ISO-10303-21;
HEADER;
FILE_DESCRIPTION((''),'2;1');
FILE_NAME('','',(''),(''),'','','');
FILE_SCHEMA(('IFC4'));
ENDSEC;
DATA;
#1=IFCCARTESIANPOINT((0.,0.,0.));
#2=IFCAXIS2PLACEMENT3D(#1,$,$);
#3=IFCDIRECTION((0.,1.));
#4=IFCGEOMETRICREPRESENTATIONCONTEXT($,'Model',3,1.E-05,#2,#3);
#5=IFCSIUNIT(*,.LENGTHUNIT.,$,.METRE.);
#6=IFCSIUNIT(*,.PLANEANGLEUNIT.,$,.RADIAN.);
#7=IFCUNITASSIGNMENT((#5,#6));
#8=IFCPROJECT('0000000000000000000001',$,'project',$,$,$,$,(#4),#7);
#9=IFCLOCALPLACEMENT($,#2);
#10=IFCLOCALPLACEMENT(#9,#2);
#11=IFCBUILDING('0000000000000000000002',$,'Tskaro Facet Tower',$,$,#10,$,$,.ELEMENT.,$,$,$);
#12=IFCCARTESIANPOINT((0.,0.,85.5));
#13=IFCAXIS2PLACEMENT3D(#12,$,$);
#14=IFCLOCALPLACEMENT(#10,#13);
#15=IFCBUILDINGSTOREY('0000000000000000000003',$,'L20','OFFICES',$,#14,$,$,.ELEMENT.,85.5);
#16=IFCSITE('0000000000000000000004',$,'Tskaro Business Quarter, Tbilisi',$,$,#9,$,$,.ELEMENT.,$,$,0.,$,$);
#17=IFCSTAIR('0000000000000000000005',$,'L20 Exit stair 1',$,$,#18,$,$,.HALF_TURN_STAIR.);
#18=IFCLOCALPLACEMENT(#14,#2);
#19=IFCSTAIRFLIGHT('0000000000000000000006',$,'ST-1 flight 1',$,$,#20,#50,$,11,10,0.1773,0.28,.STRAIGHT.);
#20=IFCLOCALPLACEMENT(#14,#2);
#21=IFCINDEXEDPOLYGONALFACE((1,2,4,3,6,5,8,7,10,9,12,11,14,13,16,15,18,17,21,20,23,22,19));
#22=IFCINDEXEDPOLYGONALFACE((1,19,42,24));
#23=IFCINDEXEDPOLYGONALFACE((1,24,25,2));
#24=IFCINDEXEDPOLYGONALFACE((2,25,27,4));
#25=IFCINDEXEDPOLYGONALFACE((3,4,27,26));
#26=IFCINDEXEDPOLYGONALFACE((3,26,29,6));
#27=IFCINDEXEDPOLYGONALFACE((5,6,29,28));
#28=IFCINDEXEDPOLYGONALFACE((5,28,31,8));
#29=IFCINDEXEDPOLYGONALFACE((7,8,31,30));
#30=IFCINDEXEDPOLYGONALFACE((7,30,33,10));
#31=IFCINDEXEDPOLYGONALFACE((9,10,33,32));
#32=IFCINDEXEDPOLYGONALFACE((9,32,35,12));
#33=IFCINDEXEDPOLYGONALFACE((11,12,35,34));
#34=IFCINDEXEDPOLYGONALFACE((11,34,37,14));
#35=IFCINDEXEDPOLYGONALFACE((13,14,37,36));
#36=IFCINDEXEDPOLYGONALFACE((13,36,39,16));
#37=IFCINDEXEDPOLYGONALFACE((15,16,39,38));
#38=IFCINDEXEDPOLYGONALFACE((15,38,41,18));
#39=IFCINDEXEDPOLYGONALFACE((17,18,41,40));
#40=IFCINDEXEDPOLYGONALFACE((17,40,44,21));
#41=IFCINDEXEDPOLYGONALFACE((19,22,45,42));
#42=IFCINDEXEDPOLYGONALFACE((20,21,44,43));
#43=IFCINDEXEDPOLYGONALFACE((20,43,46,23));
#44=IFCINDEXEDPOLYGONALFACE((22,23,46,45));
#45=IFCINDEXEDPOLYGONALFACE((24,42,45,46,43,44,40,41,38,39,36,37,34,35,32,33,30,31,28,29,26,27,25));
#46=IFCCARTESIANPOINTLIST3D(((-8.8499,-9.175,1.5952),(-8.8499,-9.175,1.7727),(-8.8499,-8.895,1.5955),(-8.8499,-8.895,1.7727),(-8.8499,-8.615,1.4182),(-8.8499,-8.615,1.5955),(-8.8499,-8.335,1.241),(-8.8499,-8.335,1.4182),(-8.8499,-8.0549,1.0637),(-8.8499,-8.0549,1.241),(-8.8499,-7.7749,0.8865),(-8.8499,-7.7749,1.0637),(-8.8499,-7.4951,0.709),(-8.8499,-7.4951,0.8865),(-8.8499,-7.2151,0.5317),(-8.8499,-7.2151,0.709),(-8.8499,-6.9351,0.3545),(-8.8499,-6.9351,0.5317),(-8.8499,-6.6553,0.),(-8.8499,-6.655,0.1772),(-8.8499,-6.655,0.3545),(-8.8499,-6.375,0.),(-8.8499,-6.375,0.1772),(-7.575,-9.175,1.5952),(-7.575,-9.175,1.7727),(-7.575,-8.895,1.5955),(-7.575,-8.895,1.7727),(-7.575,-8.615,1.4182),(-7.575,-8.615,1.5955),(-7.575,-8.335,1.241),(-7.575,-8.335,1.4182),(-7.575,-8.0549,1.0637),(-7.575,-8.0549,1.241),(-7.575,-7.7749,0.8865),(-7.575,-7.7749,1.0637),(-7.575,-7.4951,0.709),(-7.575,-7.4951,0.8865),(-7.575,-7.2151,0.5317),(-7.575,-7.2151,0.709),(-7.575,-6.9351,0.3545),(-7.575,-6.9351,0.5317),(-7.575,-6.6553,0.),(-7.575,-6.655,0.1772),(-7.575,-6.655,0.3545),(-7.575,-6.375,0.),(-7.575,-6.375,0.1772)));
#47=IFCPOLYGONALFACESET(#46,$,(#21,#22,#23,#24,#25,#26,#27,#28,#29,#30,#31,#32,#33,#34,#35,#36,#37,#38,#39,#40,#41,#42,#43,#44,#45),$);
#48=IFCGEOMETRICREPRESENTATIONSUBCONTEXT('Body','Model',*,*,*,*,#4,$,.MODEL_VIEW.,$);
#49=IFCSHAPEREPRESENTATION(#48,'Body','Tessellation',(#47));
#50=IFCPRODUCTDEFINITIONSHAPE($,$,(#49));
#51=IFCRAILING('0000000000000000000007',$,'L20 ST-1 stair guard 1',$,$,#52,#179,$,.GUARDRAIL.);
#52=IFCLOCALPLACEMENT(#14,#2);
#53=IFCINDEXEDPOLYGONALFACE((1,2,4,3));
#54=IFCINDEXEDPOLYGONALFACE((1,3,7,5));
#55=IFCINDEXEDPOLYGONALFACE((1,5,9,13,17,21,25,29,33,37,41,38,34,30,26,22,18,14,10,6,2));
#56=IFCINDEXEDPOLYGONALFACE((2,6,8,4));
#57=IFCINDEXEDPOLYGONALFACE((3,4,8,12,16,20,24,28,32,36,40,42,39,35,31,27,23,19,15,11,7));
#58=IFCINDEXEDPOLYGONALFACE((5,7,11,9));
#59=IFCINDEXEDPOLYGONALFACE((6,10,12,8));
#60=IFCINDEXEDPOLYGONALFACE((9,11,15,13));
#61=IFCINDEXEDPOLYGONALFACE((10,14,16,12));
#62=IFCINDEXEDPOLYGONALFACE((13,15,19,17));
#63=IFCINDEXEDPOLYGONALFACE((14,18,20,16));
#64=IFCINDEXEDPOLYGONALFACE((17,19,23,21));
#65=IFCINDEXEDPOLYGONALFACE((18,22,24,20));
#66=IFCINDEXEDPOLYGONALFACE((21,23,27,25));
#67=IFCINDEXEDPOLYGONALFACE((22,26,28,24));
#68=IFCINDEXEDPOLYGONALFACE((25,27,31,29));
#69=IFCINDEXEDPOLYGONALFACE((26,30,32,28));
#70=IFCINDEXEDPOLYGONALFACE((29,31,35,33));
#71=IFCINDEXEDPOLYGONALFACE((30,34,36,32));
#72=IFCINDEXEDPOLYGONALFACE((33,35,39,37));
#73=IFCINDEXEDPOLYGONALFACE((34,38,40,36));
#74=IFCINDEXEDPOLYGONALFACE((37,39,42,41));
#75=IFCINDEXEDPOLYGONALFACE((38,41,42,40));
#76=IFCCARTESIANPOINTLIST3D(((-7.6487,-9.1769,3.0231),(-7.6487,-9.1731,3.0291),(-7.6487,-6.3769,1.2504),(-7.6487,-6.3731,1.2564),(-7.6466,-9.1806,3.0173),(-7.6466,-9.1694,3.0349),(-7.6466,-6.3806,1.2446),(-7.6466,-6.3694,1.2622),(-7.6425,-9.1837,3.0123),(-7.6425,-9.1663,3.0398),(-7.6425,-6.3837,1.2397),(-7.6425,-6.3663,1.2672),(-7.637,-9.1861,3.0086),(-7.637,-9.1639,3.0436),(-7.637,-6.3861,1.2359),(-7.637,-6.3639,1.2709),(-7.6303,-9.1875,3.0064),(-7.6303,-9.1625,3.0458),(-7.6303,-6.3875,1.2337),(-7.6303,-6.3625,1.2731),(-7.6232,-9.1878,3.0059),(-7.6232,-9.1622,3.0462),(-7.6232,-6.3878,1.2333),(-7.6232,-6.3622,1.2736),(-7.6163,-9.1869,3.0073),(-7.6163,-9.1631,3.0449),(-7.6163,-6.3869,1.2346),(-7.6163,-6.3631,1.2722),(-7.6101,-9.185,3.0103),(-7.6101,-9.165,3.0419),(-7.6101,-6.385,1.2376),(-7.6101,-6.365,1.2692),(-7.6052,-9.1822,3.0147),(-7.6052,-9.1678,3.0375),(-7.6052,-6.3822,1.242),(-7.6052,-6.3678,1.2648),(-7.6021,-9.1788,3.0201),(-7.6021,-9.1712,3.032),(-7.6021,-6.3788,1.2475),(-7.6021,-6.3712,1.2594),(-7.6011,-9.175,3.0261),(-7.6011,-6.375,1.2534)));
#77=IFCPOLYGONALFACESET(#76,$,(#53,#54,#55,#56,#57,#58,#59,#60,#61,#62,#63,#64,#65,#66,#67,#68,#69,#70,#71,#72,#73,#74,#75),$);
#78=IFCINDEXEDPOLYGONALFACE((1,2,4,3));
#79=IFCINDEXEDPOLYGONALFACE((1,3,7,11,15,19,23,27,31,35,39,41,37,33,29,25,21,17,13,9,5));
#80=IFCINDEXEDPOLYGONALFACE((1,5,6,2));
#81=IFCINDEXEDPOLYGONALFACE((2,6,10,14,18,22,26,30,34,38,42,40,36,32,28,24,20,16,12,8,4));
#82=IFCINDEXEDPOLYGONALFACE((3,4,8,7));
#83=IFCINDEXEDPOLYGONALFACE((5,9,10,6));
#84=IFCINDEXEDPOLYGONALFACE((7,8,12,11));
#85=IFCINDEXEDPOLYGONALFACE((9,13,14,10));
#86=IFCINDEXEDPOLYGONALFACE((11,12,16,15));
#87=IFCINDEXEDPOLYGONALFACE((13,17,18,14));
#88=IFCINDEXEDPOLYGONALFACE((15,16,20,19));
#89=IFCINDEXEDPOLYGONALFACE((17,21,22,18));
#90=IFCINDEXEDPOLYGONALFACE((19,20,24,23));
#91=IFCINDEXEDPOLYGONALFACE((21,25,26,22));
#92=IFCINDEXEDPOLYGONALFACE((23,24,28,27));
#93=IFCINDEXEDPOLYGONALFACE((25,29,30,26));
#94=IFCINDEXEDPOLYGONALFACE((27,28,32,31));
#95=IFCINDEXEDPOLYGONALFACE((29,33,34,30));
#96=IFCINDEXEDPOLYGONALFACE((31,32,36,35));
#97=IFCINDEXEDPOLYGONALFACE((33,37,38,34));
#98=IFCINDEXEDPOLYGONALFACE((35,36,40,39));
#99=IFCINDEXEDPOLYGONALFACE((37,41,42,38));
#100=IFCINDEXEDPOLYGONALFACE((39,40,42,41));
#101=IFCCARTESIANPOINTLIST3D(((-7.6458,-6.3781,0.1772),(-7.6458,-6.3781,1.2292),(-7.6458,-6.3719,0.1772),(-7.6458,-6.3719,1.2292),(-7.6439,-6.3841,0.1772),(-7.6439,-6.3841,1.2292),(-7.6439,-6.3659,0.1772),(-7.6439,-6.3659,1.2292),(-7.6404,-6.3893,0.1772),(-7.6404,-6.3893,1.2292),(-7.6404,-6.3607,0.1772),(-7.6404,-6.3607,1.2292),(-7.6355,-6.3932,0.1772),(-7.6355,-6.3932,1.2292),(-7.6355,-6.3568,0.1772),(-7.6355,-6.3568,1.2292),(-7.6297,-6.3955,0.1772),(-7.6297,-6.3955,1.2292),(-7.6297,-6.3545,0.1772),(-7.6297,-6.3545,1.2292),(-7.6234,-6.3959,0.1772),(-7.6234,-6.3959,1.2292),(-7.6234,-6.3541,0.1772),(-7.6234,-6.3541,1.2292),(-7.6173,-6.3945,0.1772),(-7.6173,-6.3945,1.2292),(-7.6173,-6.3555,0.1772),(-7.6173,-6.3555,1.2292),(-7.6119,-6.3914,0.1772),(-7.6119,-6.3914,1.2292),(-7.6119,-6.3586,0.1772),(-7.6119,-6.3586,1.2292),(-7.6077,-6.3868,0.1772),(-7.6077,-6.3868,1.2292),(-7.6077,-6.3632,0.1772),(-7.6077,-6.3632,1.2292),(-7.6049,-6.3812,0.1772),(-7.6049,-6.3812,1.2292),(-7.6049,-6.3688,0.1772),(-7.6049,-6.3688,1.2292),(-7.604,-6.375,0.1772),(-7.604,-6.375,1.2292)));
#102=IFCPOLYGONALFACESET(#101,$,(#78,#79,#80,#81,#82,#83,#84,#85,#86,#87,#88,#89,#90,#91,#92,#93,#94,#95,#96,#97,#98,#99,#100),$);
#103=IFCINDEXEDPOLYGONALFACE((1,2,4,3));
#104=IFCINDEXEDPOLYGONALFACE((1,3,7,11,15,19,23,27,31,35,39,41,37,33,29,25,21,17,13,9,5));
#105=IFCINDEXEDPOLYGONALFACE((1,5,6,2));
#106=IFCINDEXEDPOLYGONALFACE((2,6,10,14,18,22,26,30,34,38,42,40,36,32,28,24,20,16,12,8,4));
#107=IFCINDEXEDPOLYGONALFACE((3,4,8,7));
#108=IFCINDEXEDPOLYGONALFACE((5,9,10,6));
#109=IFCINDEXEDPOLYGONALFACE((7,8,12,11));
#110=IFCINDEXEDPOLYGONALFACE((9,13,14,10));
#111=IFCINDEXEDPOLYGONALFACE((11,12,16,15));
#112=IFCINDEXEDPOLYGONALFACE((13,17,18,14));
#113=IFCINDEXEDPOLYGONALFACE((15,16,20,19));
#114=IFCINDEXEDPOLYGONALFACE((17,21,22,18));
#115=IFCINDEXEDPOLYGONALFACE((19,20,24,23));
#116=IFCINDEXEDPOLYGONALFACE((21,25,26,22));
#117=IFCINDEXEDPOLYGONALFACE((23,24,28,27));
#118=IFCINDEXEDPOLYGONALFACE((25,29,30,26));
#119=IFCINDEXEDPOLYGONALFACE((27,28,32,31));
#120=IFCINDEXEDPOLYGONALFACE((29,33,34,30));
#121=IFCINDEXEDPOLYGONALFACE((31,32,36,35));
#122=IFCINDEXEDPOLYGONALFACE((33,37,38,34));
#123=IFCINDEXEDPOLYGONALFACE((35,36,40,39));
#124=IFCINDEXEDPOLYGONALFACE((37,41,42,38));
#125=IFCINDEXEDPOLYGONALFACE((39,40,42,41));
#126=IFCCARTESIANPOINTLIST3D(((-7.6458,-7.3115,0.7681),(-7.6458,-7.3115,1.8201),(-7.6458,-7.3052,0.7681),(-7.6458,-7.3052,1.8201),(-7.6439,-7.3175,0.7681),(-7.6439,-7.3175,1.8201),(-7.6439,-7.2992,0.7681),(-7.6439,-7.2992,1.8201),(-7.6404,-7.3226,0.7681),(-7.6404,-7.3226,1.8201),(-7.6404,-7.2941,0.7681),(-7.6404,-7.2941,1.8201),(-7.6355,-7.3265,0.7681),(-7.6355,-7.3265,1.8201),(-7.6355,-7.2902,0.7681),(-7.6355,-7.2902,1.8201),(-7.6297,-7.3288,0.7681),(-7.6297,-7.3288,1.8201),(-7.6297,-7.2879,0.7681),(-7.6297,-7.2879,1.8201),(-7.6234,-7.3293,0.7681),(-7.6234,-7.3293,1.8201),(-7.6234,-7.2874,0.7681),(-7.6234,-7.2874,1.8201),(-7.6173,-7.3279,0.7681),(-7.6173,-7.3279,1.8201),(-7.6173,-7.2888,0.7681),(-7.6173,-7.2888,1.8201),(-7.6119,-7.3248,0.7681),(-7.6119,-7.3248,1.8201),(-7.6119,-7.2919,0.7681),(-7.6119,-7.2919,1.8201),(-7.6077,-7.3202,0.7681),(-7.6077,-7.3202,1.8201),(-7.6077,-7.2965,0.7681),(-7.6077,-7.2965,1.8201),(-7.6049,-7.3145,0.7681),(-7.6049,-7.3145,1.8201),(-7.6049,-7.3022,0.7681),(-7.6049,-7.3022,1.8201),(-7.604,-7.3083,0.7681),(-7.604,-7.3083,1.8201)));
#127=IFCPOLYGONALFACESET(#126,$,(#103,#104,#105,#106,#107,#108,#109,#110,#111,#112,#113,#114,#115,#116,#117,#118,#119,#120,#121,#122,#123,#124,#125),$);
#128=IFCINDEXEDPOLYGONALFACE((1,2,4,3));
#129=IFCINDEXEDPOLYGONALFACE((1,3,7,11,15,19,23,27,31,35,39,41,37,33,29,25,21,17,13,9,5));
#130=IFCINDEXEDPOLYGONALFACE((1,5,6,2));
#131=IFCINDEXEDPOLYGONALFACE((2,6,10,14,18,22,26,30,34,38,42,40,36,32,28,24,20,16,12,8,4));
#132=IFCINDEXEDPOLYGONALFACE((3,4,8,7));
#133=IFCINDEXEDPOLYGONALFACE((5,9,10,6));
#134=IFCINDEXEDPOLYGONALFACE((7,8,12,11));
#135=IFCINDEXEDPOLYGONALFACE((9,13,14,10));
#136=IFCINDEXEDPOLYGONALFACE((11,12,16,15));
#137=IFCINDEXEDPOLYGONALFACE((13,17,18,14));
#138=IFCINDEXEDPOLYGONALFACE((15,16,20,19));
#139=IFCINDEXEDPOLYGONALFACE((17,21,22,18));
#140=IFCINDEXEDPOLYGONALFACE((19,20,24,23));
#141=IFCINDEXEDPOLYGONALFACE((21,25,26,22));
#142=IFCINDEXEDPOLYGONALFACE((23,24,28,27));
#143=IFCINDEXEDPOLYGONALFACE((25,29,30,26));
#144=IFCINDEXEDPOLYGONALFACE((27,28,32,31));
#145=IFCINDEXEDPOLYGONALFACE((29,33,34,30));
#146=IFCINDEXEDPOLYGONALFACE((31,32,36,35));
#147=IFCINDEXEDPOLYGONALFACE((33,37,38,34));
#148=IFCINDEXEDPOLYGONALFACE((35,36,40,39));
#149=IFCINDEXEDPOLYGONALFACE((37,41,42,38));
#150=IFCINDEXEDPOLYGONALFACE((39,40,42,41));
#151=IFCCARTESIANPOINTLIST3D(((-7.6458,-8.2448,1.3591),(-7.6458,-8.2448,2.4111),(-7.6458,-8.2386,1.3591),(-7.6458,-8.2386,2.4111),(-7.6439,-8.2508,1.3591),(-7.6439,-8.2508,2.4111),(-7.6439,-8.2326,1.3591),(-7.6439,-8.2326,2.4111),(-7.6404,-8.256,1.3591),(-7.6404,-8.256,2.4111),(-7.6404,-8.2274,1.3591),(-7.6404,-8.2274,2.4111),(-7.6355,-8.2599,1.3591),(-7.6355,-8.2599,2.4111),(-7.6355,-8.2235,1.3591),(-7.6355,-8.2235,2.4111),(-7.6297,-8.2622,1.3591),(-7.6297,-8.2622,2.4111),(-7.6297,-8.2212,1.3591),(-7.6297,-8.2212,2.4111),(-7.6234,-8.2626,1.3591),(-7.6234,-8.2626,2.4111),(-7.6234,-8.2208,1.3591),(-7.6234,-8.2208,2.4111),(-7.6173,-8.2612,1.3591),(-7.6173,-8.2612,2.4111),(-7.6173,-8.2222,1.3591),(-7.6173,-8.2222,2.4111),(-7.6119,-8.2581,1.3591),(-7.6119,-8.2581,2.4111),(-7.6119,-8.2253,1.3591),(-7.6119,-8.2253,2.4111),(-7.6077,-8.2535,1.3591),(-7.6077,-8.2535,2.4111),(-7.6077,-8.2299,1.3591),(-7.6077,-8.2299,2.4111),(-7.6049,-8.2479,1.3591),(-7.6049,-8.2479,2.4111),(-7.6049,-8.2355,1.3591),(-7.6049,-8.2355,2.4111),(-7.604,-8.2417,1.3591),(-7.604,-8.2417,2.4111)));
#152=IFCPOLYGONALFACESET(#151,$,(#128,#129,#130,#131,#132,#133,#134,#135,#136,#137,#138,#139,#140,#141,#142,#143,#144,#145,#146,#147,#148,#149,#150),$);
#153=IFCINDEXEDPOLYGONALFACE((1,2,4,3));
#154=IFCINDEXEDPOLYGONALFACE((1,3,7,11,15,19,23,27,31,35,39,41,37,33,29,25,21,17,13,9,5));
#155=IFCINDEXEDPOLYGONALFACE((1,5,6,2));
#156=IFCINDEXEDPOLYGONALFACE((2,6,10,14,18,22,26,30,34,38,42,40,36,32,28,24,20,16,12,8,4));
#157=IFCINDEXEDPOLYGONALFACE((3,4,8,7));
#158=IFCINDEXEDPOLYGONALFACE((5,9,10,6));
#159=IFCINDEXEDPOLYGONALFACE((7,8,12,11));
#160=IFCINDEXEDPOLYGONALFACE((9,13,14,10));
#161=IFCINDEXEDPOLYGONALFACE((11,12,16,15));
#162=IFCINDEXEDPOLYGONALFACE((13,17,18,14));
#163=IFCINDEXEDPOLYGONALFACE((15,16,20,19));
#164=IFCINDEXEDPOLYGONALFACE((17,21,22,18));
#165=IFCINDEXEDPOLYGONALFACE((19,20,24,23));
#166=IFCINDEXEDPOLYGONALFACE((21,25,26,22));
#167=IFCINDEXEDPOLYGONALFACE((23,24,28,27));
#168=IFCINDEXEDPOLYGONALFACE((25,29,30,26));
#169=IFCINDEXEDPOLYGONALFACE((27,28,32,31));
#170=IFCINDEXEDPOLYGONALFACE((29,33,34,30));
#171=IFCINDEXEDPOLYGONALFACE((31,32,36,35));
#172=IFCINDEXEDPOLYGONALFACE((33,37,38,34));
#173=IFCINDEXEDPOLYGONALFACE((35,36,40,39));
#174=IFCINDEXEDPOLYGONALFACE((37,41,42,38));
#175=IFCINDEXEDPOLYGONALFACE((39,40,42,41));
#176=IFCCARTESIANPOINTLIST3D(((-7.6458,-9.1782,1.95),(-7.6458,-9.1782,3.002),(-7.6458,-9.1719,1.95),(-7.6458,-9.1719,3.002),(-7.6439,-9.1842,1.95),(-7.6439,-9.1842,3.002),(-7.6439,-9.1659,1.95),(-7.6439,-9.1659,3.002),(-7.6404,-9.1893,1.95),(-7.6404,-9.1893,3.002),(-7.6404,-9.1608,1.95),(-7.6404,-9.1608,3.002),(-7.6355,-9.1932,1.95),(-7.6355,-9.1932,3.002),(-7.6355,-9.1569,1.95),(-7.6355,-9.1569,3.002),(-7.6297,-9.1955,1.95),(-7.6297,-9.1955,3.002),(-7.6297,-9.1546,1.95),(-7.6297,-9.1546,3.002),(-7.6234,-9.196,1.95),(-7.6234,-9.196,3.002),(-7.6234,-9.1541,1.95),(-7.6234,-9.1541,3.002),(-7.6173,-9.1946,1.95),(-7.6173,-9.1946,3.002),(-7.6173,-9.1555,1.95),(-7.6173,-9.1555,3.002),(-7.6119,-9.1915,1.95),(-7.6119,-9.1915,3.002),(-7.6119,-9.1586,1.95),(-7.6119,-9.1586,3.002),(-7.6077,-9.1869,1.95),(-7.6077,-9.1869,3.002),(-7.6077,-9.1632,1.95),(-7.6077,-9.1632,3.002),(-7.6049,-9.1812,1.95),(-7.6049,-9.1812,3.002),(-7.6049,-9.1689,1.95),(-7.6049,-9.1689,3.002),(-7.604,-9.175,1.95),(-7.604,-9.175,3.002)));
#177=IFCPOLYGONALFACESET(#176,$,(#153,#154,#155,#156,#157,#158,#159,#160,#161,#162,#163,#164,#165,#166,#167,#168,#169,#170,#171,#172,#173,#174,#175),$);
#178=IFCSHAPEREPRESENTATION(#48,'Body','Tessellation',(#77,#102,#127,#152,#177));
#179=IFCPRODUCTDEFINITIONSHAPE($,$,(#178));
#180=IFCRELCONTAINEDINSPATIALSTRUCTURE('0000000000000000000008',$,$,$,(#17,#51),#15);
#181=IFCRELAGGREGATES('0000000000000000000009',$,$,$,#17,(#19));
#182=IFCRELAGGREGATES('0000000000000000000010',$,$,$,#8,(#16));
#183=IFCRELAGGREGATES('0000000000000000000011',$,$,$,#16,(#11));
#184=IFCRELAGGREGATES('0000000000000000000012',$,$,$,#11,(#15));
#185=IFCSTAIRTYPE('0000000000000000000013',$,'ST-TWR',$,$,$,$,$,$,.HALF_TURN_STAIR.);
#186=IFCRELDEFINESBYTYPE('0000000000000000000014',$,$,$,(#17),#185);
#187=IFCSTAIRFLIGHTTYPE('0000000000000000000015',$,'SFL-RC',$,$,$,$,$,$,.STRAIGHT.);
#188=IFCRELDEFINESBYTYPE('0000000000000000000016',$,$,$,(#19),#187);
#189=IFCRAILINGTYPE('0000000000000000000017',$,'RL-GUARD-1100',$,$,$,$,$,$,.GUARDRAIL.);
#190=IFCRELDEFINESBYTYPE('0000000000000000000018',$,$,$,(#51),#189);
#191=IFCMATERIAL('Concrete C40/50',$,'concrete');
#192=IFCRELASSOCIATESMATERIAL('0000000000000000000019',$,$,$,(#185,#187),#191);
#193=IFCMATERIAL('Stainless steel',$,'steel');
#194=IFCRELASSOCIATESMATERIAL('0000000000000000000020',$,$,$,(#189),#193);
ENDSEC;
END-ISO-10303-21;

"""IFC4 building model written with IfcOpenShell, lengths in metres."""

from ifc_helpers import new_model, si_unit, direction, frame, origin, origin_2d, place, context, subcontext, project, spatial, polyline, circle, outline, extrude, material, type_object, element, aggregate, save


model = new_model("IFC4")

# Units and contexts
model_context = context("Model", 3, precision=1e-05, world=origin(), true_north=direction((0.0, 1.0)))
body_context = subcontext(model_context, "Body", "Model", "MODEL_VIEW")
ifc_project = project(units=[si_unit("LENGTHUNIT", "METRE"), si_unit("PLANEANGLEUNIT", "RADIAN")], contexts=[model_context])

# Site, building, storey
site_placement = place(None, origin())
site = spatial("IfcSite", under=ifc_project, at=site_placement, Name="Tskaro Business Quarter, Tbilisi", CompositionType="ELEMENT", RefElevation=0.0)
building_placement = place(site_placement, origin())
building = spatial("IfcBuilding", under=site, at=building_placement, Name="Tskaro Facet Tower", CompositionType="ELEMENT")
storey_placement = place(building_placement, frame((0.0, 0.0, 85.5)))
storey = spatial("IfcBuildingStorey", under=building, at=storey_placement, Name="L20", Description="OFFICES", CompositionType="ELEMENT", Elevation=85.5)

# Shared definitions
ifc_material_1 = material(Name="Stainless steel", Category="steel")

# Stair, stair flight
ifc_material_2 = material(Name="Concrete C40/50", Category="concrete")
stair_type = type_object("IfcStairType", Name="ST-TWR", PredefinedType="HALF_TURN_STAIR", material=ifc_material_2)
stair_placement = place(storey_placement, origin())
stair = element("IfcStair", 1, at=stair_placement, inside=storey, type_object=stair_type, Name="L20 Exit stair 1", PredefinedType="HALF_TURN_STAIR")
stair_flight_type = type_object("IfcStairFlightType", Name="SFL-RC", PredefinedType="STRAIGHT", material=ifc_material_2)
stair_flight_placement = place(storey_placement, frame((-8.2124, -6.375, 0.0), z_axis=(0.0, 0.0, 1.0), x_axis=(0.0, -1.0, 0.0)))
stair_flight = element("IfcStairFlight", 2, at=stair_flight_placement, type_object=stair_flight_type, Name="ST-1 flight 1", NumberOfRisers=11, NumberOfTreads=10, PredefinedType="STRAIGHT", RiserHeight=0.1773, TreadLength=0.28, context=body_context, shape_type="SweptSolid", body=[
    extrude(outline(polyline([(0.0, 0.0), (0.0, 0.1772), (0.28, 0.1772), (0.28, 0.3545), (0.5601, 0.3545), (0.5601, 0.5317), (0.8401, 0.5317), (0.8401, 0.709), (1.1201, 0.709), (1.1201, 0.8865), (1.3999, 0.8865), (1.3999, 1.0637), (1.6799, 1.0637), (1.6799, 1.241), (1.96, 1.241), (1.96, 1.4182), (2.24, 1.4182), (2.24, 1.5955), (2.52, 1.5955), (2.52, 1.7727), (2.8, 1.7727), (2.8, 1.95), (2.8, 1.5952), (0.2803, 0.0), (0.0, 0.0)])), frame((0.0, 0.6375, 0.0), z_axis=(0.0, -1.0, 0.0), x_axis=(1.0, 0.0, 0.0)), (0.0, 0.0, 1.0), 1.2749),
])
aggregate(stair, [stair_flight])

# Railing
railing_type_1 = type_object("IfcRailingType", Name="RL-GUARD-1100", PredefinedType="GUARDRAIL", material=ifc_material_1)
railing_1_placement = place(storey_placement, frame((-7.625, -6.375, 0.1772)))
element("IfcRailing", 3, at=railing_1_placement, inside=storey, type_object=railing_type_1, Name="L20 ST-1 stair guard 1", PredefinedType="GUARDRAIL", context=body_context, shape_type="SweptSolid", body=[
    extrude(circle(Radius=0.0239, at=origin_2d()), frame((0.0, 0.0, 1.0762), z_axis=(0.0, -0.844909, 0.53491), x_axis=(1.0, 0.0, 0.0)), (0.0, 0.0, 1.0), 3.314),
    extrude(circle(Radius=0.021, at=origin_2d()), origin(), (0.0, 0.0, 1.0), 1.052),
    extrude(circle(Radius=0.021, at=origin_2d()), frame((0.0, -0.9333, 0.5908)), (0.0, 0.0, 1.0), 1.052),
    extrude(circle(Radius=0.021, at=origin_2d()), frame((0.0, -1.8667, 1.1819)), (0.0, 0.0, 1.0), 1.052),
    extrude(circle(Radius=0.021, at=origin_2d()), frame((0.0, -2.8, 1.7727)), (0.0, 0.0, 1.0), 1.052),
])

save(model, "model.ifc")
